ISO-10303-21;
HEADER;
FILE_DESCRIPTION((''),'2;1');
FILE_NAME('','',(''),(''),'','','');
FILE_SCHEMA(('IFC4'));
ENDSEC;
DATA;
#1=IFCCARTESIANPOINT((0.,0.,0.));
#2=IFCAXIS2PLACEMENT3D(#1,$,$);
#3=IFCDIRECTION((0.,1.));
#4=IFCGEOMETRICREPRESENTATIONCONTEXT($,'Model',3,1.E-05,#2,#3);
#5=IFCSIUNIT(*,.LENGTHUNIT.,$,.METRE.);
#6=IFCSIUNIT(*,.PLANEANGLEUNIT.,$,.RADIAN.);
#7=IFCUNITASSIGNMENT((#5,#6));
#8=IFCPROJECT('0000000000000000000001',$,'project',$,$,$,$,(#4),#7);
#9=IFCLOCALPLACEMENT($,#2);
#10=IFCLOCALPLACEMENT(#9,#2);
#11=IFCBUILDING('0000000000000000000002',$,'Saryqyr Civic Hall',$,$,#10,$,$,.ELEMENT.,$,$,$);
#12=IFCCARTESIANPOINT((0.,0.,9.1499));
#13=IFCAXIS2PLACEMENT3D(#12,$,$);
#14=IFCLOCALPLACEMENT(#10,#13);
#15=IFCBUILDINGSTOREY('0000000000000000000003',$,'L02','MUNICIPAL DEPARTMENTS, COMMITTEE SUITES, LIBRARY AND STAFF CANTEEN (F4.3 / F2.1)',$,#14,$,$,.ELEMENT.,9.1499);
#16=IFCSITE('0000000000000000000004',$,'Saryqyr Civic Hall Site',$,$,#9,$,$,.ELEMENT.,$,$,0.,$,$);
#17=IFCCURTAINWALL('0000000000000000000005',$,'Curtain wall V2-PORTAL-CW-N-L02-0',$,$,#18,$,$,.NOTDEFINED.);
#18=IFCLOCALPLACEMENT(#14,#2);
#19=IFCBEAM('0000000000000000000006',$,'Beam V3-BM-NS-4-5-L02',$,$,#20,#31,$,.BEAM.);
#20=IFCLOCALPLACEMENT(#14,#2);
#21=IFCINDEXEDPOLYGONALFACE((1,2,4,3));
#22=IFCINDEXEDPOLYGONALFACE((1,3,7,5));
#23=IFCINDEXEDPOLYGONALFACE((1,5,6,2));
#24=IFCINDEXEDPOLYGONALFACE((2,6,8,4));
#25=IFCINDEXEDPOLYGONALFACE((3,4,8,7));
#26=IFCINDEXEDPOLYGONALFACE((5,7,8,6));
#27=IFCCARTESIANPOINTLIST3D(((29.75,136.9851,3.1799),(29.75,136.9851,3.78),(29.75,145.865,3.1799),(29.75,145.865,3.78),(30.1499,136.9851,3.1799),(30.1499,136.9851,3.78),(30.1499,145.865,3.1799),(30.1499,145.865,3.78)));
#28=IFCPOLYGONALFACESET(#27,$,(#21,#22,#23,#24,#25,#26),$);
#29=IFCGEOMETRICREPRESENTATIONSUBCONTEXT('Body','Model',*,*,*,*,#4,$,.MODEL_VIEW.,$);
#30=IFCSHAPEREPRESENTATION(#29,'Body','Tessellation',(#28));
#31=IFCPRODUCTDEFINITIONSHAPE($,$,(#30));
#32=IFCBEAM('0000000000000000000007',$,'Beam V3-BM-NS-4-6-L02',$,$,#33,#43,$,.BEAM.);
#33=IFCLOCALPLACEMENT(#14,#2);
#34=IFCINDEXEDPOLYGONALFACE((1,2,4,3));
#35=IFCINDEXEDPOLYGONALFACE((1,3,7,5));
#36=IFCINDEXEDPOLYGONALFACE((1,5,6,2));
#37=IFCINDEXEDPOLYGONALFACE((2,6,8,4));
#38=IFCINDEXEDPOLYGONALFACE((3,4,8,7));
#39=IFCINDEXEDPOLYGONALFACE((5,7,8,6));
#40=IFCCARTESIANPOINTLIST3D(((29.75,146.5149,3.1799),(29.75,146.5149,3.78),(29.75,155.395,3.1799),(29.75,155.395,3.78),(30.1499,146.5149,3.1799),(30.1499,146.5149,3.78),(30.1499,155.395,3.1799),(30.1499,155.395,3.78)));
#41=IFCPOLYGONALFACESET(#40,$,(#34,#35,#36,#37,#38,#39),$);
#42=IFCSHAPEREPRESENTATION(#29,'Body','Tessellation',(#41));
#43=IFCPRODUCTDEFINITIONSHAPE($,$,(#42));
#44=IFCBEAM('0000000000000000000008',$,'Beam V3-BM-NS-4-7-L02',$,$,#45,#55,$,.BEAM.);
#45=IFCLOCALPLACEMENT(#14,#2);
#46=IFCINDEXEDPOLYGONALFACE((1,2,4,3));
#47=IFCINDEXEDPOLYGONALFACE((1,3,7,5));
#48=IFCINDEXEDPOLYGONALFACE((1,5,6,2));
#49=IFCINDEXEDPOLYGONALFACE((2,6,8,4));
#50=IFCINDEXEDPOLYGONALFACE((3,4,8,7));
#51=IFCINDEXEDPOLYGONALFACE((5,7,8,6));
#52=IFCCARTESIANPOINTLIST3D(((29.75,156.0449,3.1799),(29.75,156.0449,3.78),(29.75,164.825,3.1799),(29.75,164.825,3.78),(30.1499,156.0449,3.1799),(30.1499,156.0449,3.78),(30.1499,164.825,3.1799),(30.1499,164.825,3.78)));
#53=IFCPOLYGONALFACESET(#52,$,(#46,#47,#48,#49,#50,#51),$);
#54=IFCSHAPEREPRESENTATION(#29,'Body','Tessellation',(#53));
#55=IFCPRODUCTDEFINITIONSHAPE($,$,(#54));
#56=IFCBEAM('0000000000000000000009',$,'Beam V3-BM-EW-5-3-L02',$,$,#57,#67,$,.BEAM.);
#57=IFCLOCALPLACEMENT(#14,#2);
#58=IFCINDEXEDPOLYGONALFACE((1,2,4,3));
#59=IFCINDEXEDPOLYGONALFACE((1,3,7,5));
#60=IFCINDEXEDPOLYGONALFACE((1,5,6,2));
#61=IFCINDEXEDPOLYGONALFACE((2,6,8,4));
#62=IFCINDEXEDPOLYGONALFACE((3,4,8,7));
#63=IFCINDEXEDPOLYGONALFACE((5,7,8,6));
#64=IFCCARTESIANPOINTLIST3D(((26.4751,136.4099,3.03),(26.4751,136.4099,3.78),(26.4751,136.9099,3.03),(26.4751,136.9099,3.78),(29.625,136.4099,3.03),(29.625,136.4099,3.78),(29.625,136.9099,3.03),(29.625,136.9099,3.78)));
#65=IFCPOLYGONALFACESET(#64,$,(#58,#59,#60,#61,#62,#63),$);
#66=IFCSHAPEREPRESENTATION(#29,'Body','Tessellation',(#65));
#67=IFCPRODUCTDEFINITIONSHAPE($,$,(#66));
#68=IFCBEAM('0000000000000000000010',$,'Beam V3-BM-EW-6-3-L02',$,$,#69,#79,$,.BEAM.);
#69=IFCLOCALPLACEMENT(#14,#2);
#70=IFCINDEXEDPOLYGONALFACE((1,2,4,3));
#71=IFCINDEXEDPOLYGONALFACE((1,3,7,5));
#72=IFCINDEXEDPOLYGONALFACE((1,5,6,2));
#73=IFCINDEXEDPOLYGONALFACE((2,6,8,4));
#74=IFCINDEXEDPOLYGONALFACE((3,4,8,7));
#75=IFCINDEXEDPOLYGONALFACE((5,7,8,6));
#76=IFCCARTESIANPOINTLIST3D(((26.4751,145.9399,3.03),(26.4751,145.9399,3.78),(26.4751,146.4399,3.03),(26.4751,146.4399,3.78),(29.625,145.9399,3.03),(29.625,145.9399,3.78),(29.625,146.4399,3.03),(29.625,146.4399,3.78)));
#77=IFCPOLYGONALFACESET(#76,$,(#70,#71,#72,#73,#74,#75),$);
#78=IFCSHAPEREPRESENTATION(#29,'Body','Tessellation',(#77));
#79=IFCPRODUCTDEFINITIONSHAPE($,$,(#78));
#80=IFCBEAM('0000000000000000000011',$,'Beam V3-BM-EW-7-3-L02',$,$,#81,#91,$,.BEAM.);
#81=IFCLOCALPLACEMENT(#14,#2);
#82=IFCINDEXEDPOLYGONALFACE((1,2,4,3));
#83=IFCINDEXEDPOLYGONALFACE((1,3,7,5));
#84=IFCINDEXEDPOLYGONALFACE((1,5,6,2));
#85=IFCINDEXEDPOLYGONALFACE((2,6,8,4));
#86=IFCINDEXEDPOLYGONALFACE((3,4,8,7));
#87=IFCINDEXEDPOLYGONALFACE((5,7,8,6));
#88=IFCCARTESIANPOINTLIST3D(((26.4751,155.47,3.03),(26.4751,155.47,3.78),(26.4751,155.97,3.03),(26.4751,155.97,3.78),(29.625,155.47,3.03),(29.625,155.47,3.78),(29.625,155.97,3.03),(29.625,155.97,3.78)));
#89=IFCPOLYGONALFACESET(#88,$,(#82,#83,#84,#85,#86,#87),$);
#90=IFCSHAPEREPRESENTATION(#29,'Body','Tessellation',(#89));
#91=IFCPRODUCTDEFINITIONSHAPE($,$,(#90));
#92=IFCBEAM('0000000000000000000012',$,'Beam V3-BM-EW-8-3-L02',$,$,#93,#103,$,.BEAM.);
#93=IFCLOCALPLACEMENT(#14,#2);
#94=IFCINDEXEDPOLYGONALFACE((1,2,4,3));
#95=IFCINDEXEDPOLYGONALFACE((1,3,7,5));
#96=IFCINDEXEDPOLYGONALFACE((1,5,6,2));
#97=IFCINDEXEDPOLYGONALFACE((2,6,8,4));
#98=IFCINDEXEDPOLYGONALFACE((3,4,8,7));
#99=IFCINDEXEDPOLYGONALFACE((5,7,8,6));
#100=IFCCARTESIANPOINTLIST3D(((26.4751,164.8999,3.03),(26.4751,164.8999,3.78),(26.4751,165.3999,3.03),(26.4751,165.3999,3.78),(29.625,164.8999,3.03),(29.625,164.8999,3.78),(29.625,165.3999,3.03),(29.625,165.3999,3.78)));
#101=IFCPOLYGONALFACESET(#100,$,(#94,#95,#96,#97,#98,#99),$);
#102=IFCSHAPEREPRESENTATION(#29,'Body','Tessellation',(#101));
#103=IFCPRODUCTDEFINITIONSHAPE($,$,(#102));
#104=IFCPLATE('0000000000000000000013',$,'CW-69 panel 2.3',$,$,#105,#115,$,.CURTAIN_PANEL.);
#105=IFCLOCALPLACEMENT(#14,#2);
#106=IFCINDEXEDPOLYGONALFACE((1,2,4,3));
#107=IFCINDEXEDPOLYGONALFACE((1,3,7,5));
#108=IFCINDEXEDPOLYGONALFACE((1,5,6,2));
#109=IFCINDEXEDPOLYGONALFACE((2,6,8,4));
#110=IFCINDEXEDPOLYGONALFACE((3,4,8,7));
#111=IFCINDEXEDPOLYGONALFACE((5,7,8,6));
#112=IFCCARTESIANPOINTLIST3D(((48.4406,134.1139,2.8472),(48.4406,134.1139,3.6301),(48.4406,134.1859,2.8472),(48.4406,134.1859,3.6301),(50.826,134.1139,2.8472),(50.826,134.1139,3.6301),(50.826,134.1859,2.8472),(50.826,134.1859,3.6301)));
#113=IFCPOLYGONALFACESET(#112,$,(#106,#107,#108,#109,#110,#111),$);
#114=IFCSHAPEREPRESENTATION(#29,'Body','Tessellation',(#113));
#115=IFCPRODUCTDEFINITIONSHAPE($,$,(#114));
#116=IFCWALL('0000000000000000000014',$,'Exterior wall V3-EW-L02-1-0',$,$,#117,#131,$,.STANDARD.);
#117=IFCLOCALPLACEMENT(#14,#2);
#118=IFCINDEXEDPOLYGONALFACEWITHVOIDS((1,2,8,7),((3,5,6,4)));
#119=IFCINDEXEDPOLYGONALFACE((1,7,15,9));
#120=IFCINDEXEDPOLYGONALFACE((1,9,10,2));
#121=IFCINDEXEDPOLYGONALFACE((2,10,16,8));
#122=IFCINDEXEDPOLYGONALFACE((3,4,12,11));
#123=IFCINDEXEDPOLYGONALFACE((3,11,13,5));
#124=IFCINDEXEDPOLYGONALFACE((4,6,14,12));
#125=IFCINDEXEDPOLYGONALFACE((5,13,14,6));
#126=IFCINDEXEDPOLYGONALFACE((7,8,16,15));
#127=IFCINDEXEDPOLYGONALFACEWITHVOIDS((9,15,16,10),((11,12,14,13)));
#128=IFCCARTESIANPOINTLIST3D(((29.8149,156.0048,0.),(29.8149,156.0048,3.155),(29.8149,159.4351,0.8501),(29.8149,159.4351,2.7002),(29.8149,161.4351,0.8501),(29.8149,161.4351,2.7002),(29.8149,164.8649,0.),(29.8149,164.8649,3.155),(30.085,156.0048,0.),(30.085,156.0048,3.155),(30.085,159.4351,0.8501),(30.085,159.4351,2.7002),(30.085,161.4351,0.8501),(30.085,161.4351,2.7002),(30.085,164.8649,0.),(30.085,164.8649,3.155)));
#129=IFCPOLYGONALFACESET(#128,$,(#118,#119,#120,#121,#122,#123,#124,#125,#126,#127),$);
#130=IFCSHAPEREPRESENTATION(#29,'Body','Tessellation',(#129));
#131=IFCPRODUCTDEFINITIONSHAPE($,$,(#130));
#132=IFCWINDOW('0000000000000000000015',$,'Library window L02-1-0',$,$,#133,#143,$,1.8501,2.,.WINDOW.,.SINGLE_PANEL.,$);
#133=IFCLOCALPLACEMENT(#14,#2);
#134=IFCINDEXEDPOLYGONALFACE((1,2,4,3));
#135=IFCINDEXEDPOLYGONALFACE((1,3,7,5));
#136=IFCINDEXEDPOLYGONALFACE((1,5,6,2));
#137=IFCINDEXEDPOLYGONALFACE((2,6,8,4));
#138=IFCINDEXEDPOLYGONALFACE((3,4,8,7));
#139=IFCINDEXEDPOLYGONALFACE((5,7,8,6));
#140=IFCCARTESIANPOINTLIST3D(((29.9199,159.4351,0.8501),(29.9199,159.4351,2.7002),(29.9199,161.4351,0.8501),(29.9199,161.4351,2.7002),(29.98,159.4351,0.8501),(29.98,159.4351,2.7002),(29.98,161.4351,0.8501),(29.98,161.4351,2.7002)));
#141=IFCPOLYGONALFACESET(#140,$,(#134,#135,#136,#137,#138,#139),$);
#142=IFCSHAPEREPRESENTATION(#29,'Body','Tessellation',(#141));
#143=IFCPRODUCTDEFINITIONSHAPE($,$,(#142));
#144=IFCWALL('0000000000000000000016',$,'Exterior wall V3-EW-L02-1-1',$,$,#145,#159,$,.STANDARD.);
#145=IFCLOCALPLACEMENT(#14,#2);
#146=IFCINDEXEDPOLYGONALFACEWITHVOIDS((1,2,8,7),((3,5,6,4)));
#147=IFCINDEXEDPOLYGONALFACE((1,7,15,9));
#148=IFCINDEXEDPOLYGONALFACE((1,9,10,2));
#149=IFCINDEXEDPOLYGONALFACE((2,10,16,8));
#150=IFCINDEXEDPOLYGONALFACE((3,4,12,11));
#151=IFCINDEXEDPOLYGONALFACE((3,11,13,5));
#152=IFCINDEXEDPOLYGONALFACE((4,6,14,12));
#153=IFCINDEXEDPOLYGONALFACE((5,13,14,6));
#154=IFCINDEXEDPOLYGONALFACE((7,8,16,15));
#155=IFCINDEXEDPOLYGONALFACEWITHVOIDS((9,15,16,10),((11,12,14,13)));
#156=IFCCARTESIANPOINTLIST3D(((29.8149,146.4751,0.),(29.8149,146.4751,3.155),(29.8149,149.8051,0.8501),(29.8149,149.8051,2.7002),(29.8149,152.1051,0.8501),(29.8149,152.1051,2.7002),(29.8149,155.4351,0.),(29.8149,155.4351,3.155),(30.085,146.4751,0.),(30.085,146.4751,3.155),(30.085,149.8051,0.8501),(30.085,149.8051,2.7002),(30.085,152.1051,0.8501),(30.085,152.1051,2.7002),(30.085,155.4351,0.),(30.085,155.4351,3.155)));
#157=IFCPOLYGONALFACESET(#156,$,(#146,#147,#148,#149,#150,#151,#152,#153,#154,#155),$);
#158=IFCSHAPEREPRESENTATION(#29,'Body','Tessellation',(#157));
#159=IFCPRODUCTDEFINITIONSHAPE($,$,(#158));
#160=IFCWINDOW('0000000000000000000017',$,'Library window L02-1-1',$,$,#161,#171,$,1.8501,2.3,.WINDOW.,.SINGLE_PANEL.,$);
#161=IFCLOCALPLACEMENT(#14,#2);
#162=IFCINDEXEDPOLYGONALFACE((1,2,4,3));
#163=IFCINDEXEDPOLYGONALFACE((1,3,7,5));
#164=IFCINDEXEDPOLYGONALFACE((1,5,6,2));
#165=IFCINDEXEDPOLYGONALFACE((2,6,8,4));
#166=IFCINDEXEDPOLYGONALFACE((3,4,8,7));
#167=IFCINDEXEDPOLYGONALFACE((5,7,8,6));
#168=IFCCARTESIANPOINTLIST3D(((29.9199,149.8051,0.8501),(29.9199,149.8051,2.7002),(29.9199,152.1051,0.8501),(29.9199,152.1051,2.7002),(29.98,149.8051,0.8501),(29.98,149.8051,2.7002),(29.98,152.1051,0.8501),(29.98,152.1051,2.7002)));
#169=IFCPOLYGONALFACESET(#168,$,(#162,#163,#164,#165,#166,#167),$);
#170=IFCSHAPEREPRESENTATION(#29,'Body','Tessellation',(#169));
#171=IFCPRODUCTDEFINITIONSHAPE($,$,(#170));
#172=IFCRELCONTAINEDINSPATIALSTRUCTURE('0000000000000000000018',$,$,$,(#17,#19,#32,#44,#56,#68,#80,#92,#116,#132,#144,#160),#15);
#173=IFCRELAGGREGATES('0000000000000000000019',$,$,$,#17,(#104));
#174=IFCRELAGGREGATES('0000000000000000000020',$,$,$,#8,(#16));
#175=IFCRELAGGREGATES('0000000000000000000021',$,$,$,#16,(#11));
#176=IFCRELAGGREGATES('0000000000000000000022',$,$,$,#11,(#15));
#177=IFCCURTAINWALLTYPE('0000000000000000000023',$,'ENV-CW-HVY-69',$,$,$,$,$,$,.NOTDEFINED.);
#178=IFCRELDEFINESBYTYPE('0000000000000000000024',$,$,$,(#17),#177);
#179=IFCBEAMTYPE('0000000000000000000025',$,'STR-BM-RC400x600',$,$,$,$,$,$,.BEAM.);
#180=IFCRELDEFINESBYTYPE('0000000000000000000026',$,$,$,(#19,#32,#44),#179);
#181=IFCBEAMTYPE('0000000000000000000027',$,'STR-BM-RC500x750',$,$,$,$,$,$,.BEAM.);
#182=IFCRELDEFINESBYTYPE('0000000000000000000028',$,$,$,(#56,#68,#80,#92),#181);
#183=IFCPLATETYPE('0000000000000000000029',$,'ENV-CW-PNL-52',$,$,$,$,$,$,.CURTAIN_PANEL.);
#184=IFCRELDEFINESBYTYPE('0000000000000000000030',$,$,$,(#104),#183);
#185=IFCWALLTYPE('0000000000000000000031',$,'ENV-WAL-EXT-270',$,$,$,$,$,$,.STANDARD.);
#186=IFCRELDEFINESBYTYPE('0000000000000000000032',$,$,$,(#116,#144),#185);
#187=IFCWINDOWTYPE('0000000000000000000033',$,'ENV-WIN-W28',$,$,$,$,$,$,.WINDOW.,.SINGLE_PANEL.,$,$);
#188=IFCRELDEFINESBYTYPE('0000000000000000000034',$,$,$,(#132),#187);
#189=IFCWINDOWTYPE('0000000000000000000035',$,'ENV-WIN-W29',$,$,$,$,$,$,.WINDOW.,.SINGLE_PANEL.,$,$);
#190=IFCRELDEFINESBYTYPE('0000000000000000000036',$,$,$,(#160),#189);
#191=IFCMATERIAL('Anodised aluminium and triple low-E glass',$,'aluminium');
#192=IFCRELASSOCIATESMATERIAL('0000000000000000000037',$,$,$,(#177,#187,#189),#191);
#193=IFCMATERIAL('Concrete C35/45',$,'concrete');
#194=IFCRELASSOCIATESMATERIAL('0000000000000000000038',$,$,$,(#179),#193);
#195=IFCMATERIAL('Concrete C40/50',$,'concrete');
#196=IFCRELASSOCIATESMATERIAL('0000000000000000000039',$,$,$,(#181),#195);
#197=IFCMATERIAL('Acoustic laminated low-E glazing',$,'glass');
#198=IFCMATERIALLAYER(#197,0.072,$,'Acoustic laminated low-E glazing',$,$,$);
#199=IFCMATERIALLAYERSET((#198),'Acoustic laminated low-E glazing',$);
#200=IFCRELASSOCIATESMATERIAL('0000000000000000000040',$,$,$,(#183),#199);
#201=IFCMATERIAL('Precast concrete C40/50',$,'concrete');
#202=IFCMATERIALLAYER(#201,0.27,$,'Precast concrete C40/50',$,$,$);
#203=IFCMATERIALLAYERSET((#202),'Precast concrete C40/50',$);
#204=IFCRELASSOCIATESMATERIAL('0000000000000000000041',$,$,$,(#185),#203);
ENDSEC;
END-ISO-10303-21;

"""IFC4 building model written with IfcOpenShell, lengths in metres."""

from ifc_helpers import new_model, si_unit, direction, frame, frame_2d, origin, origin_2d, place, context, subcontext, project, spatial, rectangle, extrude, material, layer, layer_set, material_profile, profile_set, type_object, element, fill, aggregate, save


model = new_model("IFC4")

# Units and contexts
model_context = context("Model", 3, precision=1e-05, world=origin(), true_north=direction((0.0, 1.0)))
body_context = subcontext(model_context, "Body", "Model", "MODEL_VIEW")
ifc_project = project(units=[si_unit("LENGTHUNIT", "METRE"), si_unit("PLANEANGLEUNIT", "RADIAN")], contexts=[model_context])

# Site, building, storey
site_placement = place(None, origin())
site = spatial("IfcSite", under=ifc_project, at=site_placement, Name="Saryqyr Civic Hall Site", CompositionType="ELEMENT", RefElevation=0.0)
building_placement = place(site_placement, origin())
building = spatial("IfcBuilding", under=site, at=building_placement, Name="Saryqyr Civic Hall", CompositionType="ELEMENT")
storey_placement = place(building_placement, frame((0.0, 0.0, 9.1499)))
storey = spatial("IfcBuildingStorey", under=building, at=storey_placement, Name="L02", Description="MUNICIPAL DEPARTMENTS, COMMITTEE SUITES, LIBRARY AND STAFF CANTEEN (F4.3 / F2.1)", CompositionType="ELEMENT", Elevation=9.1499)

# Shared definitions
ifc_material_1 = material(Name="Concrete C40/50", Category="concrete")

# Curtain wall
ifc_material_2 = material(Name="Anodised aluminium and triple low-E glass", Category="aluminium")
curtain_wall_type = type_object("IfcCurtainWallType", Name="ENV-CW-HVY-69", PredefinedType="NOTDEFINED", material=ifc_material_2)
curtain_wall_placement = place(storey_placement, origin())
curtain_wall = element("IfcCurtainWall", 1, at=curtain_wall_placement, inside=storey, type_object=curtain_wall_type, Name="Curtain wall V2-PORTAL-CW-N-L02-0", PredefinedType="NOTDEFINED")

# Beams
ifc_material_3 = material(Name="Concrete C35/45", Category="concrete")
ifc_material_profile_1 = material_profile(ifc_material_3, rectangle(XDim=0.3999, YDim=0.6001, at=origin_2d()), Name="RC 400x600")
ifc_profile_set_1 = profile_set([ifc_material_profile_1], Name="Concrete C35/45")
beam_type_1 = type_object("IfcBeamType", Name="STR-BM-RC400x600", PredefinedType="BEAM", material=ifc_profile_set_1)
beam_1_placement = place(storey_placement, frame((29.95, 136.9851, 3.48), z_axis=(0.0, 1.0, 0.0), x_axis=(-1.0, 0.0, 0.0)))
element("IfcBeam", 2, at=beam_1_placement, inside=storey, type_object=beam_type_1, Name="Beam V3-BM-NS-4-5-L02", PredefinedType="BEAM", context=body_context, shape_type="SweptSolid", body=[
    extrude(rectangle(XDim=0.3999, YDim=0.6001, at=origin_2d()), origin(), (0.0, 0.0, 1.0), 8.8799),
])
beam_2_placement = place(storey_placement, frame((29.95, 146.5149, 3.48), z_axis=(0.0, 1.0, 0.0), x_axis=(-1.0, 0.0, 0.0)))
element("IfcBeam", 3, at=beam_2_placement, inside=storey, type_object=beam_type_1, Name="Beam V3-BM-NS-4-6-L02", PredefinedType="BEAM", context=body_context, shape_type="SweptSolid", body=[
    extrude(rectangle(XDim=0.3999, YDim=0.6001, at=origin_2d()), origin(), (0.0, 0.0, 1.0), 8.8801),
])
beam_3_placement = place(storey_placement, frame((29.95, 156.0449, 3.48), z_axis=(0.0, 1.0, 0.0), x_axis=(-1.0, 0.0, 0.0)))
element("IfcBeam", 4, at=beam_3_placement, inside=storey, type_object=beam_type_1, Name="Beam V3-BM-NS-4-7-L02", PredefinedType="BEAM", context=body_context, shape_type="SweptSolid", body=[
    extrude(rectangle(XDim=0.3999, YDim=0.6001, at=origin_2d()), origin(), (0.0, 0.0, 1.0), 8.78),
])
ifc_material_profile_2 = material_profile(ifc_material_1, rectangle(XDim=0.5, YDim=0.75, at=origin_2d()), Name="RC 500x750")
ifc_profile_set_2 = profile_set([ifc_material_profile_2], Name="Concrete C40/50")
beam_type_2 = type_object("IfcBeamType", Name="STR-BM-RC500x750", PredefinedType="BEAM", material=ifc_profile_set_2)
for number, where, z_axis, x_axis, name in (
    (5, (26.4751, 136.6599, 3.405), (1.0, 0.0, 0.0), (0.0, 1.0, 0.0), "Beam V3-BM-EW-5-3-L02"),
    (6, (26.4751, 146.1899, 3.405), (1.0, 0.0, 0.0), (0.0, 1.0, 0.0), "Beam V3-BM-EW-6-3-L02"),
    (7, (26.4751, 155.72, 3.405), (1.0, 0.0, 0.0), (0.0, 1.0, 0.0), "Beam V3-BM-EW-7-3-L02"),
    (8, (26.4751, 165.1499, 3.405), (1.0, 0.0, 0.0), (0.0, 1.0, 0.0), "Beam V3-BM-EW-8-3-L02"),
):
    element("IfcBeam", number, at=place(storey_placement, frame(where, z_axis=z_axis, x_axis=x_axis)), inside=storey, type_object=beam_type_2, Name=name, PredefinedType="BEAM", context=body_context, shape_type="SweptSolid", body=[
        extrude(rectangle(XDim=0.5, YDim=0.75, at=origin_2d()), origin(), (0.0, 0.0, 1.0), 3.1499),
    ])

# Plate
ifc_material_4 = material(Name="Acoustic laminated low-E glazing", Category="glass")
ifc_layer_1 = layer(ifc_material_4, 0.072, Name="Acoustic laminated low-E glazing")
ifc_layer_set_1 = layer_set([ifc_layer_1], Name="Acoustic laminated low-E glazing")
plate_type = type_object("IfcPlateType", Name="ENV-CW-PNL-52", PredefinedType="CURTAIN_PANEL", material=ifc_layer_set_1)
plate_placement = place(storey_placement, frame((49.6333, 134.1499, 2.8472), z_axis=(0.0, 0.0, 1.0), x_axis=(1.0, 0.0, 0.0)))
plate = element("IfcPlate", 9, at=plate_placement, type_object=plate_type, Name="CW-69 panel 2.3", PredefinedType="CURTAIN_PANEL", context=body_context, shape_type="SweptSolid", body=[
    extrude(rectangle(XDim=2.3855, YDim=0.072, at=origin_2d()), origin(), (0.0, 0.0, 1.0), 0.783),
])
aggregate(curtain_wall, [plate])

# Walls, openings, windows
ifc_material_5 = material(Name="Precast concrete C40/50", Category="concrete")
ifc_layer_2 = layer(ifc_material_5, 0.27, Name="Precast concrete C40/50")
ifc_layer_set_2 = layer_set([ifc_layer_2], Name="Precast concrete C40/50")
wall_type = type_object("IfcWallType", Name="ENV-WAL-EXT-270", PredefinedType="STANDARD", material=ifc_layer_set_2)
wall_1_placement = place(storey_placement, frame((29.95, 164.865, 0.0), z_axis=(0.0, 0.0, 1.0), x_axis=(0.0, -1.0, 0.0)))
wall_1 = element("IfcWall", 10, at=wall_1_placement, inside=storey, type_object=wall_type, Name="Exterior wall V3-EW-L02-1-0", PredefinedType="STANDARD", context=body_context, shape_type="SweptSolid", body=[
    extrude(rectangle(XDim=8.8601, YDim=0.27, at=frame_2d((4.4302, 0.0))), origin(), (0.0, 0.0, 1.0), 3.155),
])
opening_1_placement = place(wall_1_placement, frame((3.4299, 0.0, 0.8501)))
opening_1 = element("IfcOpeningElement", 11, at=opening_1_placement, cuts=wall_1, PredefinedType="OPENING", context=body_context, shape_type="SweptSolid", body=[
    extrude(rectangle(XDim=2.0, YDim=1.8501, at=frame_2d((1.0, 0.925))), frame((0.0, 0.145, 0.0), z_axis=(0.0, -1.0, 0.0), x_axis=(1.0, 0.0, 0.0)), (0.0, 0.0, 1.0), 0.29),
])
window_type_1 = type_object("IfcWindowType", Name="ENV-WIN-W28", PartitioningType="SINGLE_PANEL", PredefinedType="WINDOW", material=ifc_material_2)
window_1_placement = place(opening_1_placement, origin())
window_1 = element("IfcWindow", 12, at=window_1_placement, inside=storey, type_object=window_type_1, Name="Library window L02-1-0", OverallHeight=1.8501, OverallWidth=2.0, PartitioningType="SINGLE_PANEL", PredefinedType="WINDOW", context=body_context, shape_type="SweptSolid", body=[
    extrude(rectangle(XDim=2.0, YDim=1.8501, at=frame_2d((1.0, 0.925))), frame((0.0, 0.03, 0.0), z_axis=(0.0, -1.0, 0.0), x_axis=(1.0, 0.0, 0.0)), (0.0, 0.0, 1.0), 0.0601),
])
fill(opening_1, window_1)
wall_2_placement = place(storey_placement, frame((29.95, 155.4351, 0.0), z_axis=(0.0, 0.0, 1.0), x_axis=(0.0, -1.0, 0.0)))
wall_2 = element("IfcWall", 13, at=wall_2_placement, inside=storey, type_object=wall_type, Name="Exterior wall V3-EW-L02-1-1", PredefinedType="STANDARD", context=body_context, shape_type="SweptSolid", body=[
    extrude(rectangle(XDim=8.96, YDim=0.27, at=frame_2d((4.48, 0.0))), origin(), (0.0, 0.0, 1.0), 3.155),
])
opening_2_placement = place(wall_2_placement, frame((3.3301, 0.0, 0.8501)))
opening_2 = element("IfcOpeningElement", 14, at=opening_2_placement, cuts=wall_2, PredefinedType="OPENING", context=body_context, shape_type="SweptSolid", body=[
    extrude(rectangle(XDim=2.3, YDim=1.8501, at=frame_2d((1.1499, 0.925))), frame((0.0, 0.145, 0.0), z_axis=(0.0, -1.0, 0.0), x_axis=(1.0, 0.0, 0.0)), (0.0, 0.0, 1.0), 0.29),
])
window_type_2 = type_object("IfcWindowType", Name="ENV-WIN-W29", PartitioningType="SINGLE_PANEL", PredefinedType="WINDOW", material=ifc_material_2)
window_2_placement = place(opening_2_placement, origin())
window_2 = element("IfcWindow", 15, at=window_2_placement, inside=storey, type_object=window_type_2, Name="Library window L02-1-1", OverallHeight=1.8501, OverallWidth=2.3, PartitioningType="SINGLE_PANEL", PredefinedType="WINDOW", context=body_context, shape_type="SweptSolid", body=[
    extrude(rectangle(XDim=2.3, YDim=1.8501, at=frame_2d((1.1499, 0.925))), frame((0.0, 0.03, 0.0), z_axis=(0.0, -1.0, 0.0), x_axis=(1.0, 0.0, 0.0)), (0.0, 0.0, 1.0), 0.0601),
])
fill(opening_2, window_2)

save(model, "model.ifc")
